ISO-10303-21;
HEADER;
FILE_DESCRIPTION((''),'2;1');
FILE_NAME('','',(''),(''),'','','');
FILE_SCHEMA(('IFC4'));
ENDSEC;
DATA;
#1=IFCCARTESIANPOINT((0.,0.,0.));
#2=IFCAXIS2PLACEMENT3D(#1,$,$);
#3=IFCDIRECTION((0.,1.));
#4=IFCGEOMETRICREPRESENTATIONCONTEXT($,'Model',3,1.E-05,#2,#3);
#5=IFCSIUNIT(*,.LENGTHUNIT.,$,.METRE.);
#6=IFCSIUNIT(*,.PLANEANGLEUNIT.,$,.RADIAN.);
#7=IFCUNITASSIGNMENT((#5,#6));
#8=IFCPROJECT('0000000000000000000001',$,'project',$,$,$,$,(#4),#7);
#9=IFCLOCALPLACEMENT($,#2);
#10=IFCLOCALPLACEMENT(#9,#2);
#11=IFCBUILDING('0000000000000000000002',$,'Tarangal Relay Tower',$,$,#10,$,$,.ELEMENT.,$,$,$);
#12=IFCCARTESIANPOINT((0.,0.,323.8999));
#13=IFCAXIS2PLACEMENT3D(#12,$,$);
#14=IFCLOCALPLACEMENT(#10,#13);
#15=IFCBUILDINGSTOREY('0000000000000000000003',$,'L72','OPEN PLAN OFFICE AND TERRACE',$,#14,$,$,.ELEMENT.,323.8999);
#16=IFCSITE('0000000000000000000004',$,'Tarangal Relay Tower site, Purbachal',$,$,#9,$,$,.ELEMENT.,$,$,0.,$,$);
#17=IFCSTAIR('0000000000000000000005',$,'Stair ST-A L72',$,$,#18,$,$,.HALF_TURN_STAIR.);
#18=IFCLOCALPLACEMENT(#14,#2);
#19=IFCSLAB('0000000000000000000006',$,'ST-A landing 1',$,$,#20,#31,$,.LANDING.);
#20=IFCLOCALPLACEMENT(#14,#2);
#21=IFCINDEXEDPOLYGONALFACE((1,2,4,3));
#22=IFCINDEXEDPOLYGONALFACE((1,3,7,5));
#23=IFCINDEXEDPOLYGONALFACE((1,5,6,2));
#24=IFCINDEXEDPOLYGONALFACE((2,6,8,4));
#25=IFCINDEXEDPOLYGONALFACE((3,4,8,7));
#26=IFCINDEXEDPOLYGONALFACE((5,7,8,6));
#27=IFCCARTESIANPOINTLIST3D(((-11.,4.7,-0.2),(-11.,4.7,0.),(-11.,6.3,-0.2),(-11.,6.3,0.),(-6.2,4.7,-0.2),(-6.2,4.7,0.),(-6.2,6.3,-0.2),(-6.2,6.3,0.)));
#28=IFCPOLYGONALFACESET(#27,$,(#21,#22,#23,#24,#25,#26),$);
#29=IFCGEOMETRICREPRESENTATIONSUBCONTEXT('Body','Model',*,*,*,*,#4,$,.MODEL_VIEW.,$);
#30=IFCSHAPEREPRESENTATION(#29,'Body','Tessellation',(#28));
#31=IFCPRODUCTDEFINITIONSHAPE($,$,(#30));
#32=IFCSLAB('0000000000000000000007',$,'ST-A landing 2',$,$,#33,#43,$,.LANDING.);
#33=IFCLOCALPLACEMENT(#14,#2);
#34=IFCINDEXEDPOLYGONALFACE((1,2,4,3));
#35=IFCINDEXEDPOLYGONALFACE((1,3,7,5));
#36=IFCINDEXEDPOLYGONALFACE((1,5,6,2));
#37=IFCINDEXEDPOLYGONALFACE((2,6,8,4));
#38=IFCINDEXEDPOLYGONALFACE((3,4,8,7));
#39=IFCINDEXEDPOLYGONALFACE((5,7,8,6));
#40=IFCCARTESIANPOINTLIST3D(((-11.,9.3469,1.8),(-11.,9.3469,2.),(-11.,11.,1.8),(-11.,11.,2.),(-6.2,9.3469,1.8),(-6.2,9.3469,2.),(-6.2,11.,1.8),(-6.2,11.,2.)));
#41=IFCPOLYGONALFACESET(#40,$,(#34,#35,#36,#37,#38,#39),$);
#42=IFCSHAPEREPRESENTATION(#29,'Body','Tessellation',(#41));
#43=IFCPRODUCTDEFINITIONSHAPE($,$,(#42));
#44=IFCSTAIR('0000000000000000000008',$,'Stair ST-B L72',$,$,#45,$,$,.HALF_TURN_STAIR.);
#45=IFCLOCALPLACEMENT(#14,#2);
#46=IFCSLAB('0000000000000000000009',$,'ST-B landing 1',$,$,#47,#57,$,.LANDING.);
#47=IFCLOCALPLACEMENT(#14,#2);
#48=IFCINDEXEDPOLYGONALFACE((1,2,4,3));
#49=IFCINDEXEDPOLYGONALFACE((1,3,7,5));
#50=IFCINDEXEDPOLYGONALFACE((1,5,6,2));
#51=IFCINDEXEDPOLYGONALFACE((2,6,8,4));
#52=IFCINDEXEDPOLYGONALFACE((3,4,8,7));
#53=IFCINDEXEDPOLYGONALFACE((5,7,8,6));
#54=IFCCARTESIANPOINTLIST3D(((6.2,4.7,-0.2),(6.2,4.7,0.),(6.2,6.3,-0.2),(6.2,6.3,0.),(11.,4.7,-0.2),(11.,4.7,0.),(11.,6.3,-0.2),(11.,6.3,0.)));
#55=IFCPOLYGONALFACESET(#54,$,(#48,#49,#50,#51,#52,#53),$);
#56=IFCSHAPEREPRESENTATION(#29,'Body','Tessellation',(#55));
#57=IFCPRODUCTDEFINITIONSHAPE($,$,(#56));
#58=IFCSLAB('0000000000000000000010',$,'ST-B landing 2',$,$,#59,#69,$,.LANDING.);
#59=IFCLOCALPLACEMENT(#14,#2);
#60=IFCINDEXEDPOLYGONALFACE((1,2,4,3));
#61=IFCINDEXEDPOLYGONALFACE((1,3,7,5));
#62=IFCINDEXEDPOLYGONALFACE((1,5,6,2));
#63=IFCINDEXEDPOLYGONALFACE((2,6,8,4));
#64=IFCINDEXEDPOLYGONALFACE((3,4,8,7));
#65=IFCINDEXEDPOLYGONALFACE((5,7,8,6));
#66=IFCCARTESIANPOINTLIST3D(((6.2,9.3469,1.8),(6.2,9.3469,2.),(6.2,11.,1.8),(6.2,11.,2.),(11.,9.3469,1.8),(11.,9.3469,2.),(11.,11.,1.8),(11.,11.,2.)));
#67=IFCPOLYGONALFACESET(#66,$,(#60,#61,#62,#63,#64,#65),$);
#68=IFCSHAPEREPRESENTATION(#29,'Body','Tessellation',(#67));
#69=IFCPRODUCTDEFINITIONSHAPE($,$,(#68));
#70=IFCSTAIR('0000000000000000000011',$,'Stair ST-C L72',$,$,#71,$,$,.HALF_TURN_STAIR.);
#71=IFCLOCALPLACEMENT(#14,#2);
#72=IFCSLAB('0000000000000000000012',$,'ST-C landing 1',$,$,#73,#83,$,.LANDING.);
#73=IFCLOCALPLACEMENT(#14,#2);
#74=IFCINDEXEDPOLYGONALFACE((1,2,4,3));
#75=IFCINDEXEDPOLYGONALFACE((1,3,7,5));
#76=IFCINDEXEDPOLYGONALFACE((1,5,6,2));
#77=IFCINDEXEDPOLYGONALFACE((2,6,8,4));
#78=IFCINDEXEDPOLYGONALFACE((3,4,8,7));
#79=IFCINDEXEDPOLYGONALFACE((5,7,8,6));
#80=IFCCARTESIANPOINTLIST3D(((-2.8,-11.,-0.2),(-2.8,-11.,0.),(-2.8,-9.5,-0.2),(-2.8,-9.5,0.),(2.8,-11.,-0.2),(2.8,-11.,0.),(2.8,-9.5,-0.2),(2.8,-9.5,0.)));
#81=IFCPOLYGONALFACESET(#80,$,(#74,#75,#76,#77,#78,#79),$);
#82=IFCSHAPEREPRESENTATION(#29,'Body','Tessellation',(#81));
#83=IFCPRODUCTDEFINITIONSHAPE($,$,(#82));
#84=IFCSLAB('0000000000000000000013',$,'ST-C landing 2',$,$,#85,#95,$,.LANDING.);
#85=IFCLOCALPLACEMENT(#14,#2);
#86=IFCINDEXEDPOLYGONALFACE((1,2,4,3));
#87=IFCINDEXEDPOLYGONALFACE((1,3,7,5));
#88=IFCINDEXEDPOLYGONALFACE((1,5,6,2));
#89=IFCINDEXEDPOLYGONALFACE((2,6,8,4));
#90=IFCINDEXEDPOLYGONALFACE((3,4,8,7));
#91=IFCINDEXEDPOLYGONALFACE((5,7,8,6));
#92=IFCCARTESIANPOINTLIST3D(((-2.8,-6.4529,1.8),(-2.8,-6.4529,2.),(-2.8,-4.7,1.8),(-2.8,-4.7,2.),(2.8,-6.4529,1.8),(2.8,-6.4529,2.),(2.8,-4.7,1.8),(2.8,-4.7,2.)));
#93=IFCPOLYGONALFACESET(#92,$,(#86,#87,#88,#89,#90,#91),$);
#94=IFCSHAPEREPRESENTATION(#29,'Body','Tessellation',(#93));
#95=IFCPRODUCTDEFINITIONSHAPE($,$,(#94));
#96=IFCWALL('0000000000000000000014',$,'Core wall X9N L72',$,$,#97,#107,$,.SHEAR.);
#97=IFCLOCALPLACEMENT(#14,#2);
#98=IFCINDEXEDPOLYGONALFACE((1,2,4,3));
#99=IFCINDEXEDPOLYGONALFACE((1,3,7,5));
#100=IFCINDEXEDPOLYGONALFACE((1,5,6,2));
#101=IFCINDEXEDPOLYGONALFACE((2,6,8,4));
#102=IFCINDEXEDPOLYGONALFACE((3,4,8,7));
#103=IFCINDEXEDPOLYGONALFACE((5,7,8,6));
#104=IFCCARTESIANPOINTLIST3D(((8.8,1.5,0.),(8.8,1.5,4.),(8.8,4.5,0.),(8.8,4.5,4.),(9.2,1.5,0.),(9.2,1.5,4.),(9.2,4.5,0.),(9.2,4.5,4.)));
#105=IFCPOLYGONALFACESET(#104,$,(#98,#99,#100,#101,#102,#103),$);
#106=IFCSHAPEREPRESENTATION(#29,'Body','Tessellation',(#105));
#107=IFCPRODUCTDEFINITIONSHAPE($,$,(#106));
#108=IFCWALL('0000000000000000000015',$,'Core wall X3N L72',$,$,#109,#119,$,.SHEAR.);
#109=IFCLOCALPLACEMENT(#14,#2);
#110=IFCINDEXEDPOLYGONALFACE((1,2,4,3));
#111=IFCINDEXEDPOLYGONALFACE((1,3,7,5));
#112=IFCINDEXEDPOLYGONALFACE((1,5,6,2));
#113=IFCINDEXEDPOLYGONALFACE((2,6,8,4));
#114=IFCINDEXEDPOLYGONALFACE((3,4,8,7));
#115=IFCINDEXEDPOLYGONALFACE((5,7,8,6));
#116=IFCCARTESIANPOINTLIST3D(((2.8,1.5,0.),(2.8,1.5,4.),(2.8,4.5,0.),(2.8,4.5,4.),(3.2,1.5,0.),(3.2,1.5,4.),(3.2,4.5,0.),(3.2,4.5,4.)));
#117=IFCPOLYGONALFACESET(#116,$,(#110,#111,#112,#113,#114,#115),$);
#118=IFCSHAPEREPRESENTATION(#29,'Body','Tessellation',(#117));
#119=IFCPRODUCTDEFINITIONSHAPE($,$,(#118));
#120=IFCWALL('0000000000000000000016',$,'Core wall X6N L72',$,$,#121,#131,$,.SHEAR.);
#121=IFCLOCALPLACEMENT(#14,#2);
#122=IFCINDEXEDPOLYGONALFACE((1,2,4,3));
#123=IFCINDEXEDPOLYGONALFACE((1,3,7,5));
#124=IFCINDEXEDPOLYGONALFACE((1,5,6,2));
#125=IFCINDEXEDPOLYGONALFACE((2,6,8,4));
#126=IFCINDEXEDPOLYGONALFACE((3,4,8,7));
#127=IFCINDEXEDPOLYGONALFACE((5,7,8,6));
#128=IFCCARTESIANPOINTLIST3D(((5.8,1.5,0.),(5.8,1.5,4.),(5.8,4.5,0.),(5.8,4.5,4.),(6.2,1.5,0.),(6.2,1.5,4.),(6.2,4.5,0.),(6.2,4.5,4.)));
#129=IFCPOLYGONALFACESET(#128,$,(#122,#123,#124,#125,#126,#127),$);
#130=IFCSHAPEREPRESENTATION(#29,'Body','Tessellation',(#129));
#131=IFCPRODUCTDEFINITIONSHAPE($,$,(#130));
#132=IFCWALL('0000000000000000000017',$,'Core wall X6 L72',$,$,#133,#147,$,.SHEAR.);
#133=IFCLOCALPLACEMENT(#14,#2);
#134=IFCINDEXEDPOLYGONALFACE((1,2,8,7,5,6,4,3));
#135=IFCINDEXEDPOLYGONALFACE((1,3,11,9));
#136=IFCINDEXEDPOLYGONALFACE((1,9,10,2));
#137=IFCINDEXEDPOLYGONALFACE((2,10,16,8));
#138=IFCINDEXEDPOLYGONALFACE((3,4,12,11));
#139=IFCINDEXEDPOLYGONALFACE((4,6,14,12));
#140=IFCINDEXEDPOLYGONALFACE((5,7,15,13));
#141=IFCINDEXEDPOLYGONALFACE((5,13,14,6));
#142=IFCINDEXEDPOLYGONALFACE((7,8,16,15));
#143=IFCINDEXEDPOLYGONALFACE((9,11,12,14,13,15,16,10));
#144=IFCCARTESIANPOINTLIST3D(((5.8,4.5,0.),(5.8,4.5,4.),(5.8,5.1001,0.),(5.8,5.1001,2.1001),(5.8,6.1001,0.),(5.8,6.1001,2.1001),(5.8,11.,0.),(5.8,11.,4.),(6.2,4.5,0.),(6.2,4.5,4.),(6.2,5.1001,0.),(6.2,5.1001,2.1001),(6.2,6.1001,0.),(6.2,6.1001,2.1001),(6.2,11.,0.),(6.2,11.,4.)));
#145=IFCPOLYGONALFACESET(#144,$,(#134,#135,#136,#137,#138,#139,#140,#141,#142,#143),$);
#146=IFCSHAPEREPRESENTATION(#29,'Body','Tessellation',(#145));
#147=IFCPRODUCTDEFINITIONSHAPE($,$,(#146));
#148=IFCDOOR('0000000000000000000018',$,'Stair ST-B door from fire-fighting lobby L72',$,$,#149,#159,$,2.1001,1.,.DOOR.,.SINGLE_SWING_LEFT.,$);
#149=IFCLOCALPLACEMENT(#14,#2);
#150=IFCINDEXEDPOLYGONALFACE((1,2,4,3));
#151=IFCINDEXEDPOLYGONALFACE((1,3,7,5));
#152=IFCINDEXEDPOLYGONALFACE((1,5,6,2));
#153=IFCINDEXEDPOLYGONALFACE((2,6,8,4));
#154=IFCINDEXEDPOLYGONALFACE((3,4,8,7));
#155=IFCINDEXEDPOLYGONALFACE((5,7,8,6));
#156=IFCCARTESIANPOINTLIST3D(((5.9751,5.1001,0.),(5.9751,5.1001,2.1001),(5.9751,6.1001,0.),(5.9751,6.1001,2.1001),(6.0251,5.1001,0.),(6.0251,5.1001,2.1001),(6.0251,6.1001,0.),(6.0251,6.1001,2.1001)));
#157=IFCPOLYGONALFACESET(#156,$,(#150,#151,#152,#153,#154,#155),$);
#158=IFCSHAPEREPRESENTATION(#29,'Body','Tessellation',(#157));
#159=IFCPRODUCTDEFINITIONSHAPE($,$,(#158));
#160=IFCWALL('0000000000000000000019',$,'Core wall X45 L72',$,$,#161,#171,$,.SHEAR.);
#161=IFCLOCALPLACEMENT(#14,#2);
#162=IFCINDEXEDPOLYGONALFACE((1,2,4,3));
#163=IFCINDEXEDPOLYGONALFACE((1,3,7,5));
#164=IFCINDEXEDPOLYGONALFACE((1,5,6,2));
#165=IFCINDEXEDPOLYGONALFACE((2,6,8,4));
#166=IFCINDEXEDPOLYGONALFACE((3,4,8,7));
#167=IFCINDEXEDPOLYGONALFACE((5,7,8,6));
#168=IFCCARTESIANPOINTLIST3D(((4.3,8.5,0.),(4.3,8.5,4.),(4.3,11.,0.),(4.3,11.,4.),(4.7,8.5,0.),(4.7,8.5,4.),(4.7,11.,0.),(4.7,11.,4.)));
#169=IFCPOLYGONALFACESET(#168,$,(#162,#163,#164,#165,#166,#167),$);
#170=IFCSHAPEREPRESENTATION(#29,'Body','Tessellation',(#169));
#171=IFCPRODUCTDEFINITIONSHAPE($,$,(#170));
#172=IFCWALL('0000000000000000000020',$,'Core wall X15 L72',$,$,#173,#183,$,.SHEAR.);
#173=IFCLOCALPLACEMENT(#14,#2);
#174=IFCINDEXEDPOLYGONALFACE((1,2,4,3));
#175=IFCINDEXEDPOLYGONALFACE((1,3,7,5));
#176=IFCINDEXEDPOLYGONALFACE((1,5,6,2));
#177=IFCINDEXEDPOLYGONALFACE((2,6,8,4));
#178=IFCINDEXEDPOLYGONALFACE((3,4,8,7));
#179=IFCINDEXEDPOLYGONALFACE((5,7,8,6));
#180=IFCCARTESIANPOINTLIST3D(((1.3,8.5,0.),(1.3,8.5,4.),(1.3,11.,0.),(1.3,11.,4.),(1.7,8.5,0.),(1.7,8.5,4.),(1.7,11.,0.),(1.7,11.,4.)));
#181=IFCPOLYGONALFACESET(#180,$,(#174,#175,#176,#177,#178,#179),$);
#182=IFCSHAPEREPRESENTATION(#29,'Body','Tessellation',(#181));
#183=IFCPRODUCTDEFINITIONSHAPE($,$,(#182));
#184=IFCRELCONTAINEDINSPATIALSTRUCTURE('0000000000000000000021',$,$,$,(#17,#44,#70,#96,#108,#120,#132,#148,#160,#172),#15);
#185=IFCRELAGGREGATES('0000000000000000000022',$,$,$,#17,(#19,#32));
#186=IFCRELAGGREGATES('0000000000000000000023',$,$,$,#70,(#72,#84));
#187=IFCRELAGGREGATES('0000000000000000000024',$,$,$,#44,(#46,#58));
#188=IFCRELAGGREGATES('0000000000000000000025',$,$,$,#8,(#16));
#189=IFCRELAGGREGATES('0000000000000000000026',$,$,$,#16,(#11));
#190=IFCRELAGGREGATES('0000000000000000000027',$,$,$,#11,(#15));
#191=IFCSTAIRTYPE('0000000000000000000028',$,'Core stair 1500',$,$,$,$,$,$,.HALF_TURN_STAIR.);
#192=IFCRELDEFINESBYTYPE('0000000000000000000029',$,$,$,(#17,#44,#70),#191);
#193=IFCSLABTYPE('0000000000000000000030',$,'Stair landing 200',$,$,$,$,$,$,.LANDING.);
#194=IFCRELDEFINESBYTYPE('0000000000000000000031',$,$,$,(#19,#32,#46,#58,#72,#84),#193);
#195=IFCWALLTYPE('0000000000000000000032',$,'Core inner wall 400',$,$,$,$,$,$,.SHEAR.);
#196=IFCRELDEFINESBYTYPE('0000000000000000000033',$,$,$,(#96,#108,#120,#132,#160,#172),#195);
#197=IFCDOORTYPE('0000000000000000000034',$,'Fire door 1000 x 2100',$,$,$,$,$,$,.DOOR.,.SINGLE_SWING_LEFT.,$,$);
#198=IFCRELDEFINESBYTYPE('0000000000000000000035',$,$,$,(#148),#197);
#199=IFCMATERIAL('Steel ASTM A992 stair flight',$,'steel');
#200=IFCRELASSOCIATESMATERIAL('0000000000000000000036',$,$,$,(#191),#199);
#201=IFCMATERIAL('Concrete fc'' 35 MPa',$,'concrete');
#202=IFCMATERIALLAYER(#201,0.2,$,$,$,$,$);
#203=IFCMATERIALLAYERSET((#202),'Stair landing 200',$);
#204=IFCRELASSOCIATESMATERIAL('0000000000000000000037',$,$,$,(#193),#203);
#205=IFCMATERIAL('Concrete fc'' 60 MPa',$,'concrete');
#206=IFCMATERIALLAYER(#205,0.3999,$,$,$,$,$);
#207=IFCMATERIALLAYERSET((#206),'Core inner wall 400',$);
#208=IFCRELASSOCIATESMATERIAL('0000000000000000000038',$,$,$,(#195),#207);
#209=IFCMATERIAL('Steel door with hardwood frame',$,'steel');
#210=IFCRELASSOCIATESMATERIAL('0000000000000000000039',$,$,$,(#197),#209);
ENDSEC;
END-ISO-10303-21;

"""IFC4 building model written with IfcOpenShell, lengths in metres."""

from ifc_helpers import new_model, si_unit, direction, frame, frame_2d, origin, place, context, subcontext, project, spatial, polyline, rectangle, outline, extrude, material, layer, layer_set, type_object, element, fill, aggregate, save


model = new_model("IFC4")

# Units and contexts
model_context = context("Model", 3, precision=1e-05, world=origin(), true_north=direction((0.0, 1.0)))
body_context = subcontext(model_context, "Body", "Model", "MODEL_VIEW")
ifc_project = project(units=[si_unit("LENGTHUNIT", "METRE"), si_unit("PLANEANGLEUNIT", "RADIAN")], contexts=[model_context])

# Site, building, storey
site_placement = place(None, origin())
site = spatial("IfcSite", under=ifc_project, at=site_placement, Name="Tarangal Relay Tower site, Purbachal", CompositionType="ELEMENT", RefElevation=0.0)
building_placement = place(site_placement, origin())
building = spatial("IfcBuilding", under=site, at=building_placement, Name="Tarangal Relay Tower", CompositionType="ELEMENT")
storey_placement = place(building_placement, frame((0.0, 0.0, 323.8999)))
storey = spatial("IfcBuildingStorey", under=building, at=storey_placement, Name="L72", Description="OPEN PLAN OFFICE AND TERRACE", CompositionType="ELEMENT", Elevation=323.8999)

# Stairs, slabs
ifc_material_1 = material(Name="Steel ASTM A992 stair flight", Category="steel")
stair_type = type_object("IfcStairType", Name="Core stair 1500", PredefinedType="HALF_TURN_STAIR", material=ifc_material_1)
stair_1_placement = place(storey_placement, origin())
stair_1 = element("IfcStair", 1, at=stair_1_placement, inside=storey, type_object=stair_type, Name="Stair ST-A L72", PredefinedType="HALF_TURN_STAIR")
ifc_material_2 = material(Name="Concrete fc' 35 MPa", Category="concrete")
ifc_layer_1 = layer(ifc_material_2, 0.2)
ifc_layer_set_1 = layer_set([ifc_layer_1], Name="Stair landing 200")
slab_type = type_object("IfcSlabType", Name="Stair landing 200", PredefinedType="LANDING", material=ifc_layer_set_1)
slab_1_placement = place(storey_placement, frame((0.0, 0.0, -0.2)))
slab_1 = element("IfcSlab", 2, at=slab_1_placement, type_object=slab_type, Name="ST-A landing 1", PredefinedType="LANDING", context=body_context, shape_type="SweptSolid", body=[
    extrude(outline(polyline([(-11.0, 4.7), (-6.2, 4.7), (-6.2, 6.3), (-11.0, 6.3), (-11.0, 4.7)])), origin(), (0.0, 0.0, 1.0), 0.2),
])
slab_2_placement = place(storey_placement, frame((0.0, 0.0, 1.8)))
slab_2 = element("IfcSlab", 3, at=slab_2_placement, type_object=slab_type, Name="ST-A landing 2", PredefinedType="LANDING", context=body_context, shape_type="SweptSolid", body=[
    extrude(outline(polyline([(-11.0, 9.3469), (-6.2, 9.3469), (-6.2, 11.0), (-11.0, 11.0), (-11.0, 9.3469)])), origin(), (0.0, 0.0, 1.0), 0.2),
])
aggregate(stair_1, [slab_1, slab_2])
stair_2_placement = place(storey_placement, origin())
stair_2 = element("IfcStair", 4, at=stair_2_placement, inside=storey, type_object=stair_type, Name="Stair ST-B L72", PredefinedType="HALF_TURN_STAIR")
slab_3_placement = place(storey_placement, frame((0.0, 0.0, -0.2)))
slab_3 = element("IfcSlab", 5, at=slab_3_placement, type_object=slab_type, Name="ST-B landing 1", PredefinedType="LANDING", context=body_context, shape_type="SweptSolid", body=[
    extrude(outline(polyline([(6.2, 4.7), (11.0, 4.7), (11.0, 6.3), (6.2, 6.3), (6.2, 4.7)])), origin(), (0.0, 0.0, 1.0), 0.2),
])
slab_4_placement = place(storey_placement, frame((0.0, 0.0, 1.8)))
slab_4 = element("IfcSlab", 6, at=slab_4_placement, type_object=slab_type, Name="ST-B landing 2", PredefinedType="LANDING", context=body_context, shape_type="SweptSolid", body=[
    extrude(outline(polyline([(6.2, 9.3469), (11.0, 9.3469), (11.0, 11.0), (6.2, 11.0), (6.2, 9.3469)])), origin(), (0.0, 0.0, 1.0), 0.2),
])
stair_3_placement = place(storey_placement, origin())
stair_3 = element("IfcStair", 7, at=stair_3_placement, inside=storey, type_object=stair_type, Name="Stair ST-C L72", PredefinedType="HALF_TURN_STAIR")
slab_5_placement = place(storey_placement, frame((0.0, 0.0, -0.2)))
slab_5 = element("IfcSlab", 8, at=slab_5_placement, type_object=slab_type, Name="ST-C landing 1", PredefinedType="LANDING", context=body_context, shape_type="SweptSolid", body=[
    extrude(outline(polyline([(-2.8, -11.0), (2.8, -11.0), (2.8, -9.5), (-2.8, -9.5), (-2.8, -11.0)])), origin(), (0.0, 0.0, 1.0), 0.2),
])
slab_6_placement = place(storey_placement, frame((0.0, 0.0, 1.8)))
slab_6 = element("IfcSlab", 9, at=slab_6_placement, type_object=slab_type, Name="ST-C landing 2", PredefinedType="LANDING", context=body_context, shape_type="SweptSolid", body=[
    extrude(outline(polyline([(-2.8, -6.4529), (2.8, -6.4529), (2.8, -4.7), (-2.8, -4.7), (-2.8, -6.4529)])), origin(), (0.0, 0.0, 1.0), 0.2),
])
aggregate(stair_3, [slab_5, slab_6])

# Walls
ifc_material_3 = material(Name="Concrete fc' 60 MPa", Category="concrete")
ifc_layer_2 = layer(ifc_material_3, 0.3999)
ifc_layer_set_2 = layer_set([ifc_layer_2], Name="Core inner wall 400")
wall_type = type_object("IfcWallType", Name="Core inner wall 400", PredefinedType="SHEAR", material=ifc_layer_set_2)
for number, where, z_axis, x_axis, name in (
    (10, (9.0, 1.5, 0.0), (0.0, 0.0, 1.0), (0.0, 1.0, 0.0), "Core wall X9N L72"),
    (11, (3.0, 1.5, 0.0), (0.0, 0.0, 1.0), (0.0, 1.0, 0.0), "Core wall X3N L72"),
    (12, (6.0, 1.5, 0.0), (0.0, 0.0, 1.0), (0.0, 1.0, 0.0), "Core wall X6N L72"),
):
    element("IfcWall", number, at=place(storey_placement, frame(where, z_axis=z_axis, x_axis=x_axis)), inside=storey, type_object=wall_type, Name=name, PredefinedType="SHEAR", context=body_context, shape_type="SweptSolid", body=[
        extrude(rectangle(XDim=3.0, YDim=0.3999, at=frame_2d((1.5, 0.0))), origin(), (0.0, 0.0, 1.0), 4.0),
    ])

# Wall, opening, door
wall_placement = place(storey_placement, frame((6.0, 4.5, 0.0), z_axis=(0.0, 0.0, 1.0), x_axis=(0.0, 1.0, 0.0)))
wall = element("IfcWall", 13, at=wall_placement, inside=storey, type_object=wall_type, Name="Core wall X6 L72", PredefinedType="SHEAR", context=body_context, shape_type="SweptSolid", body=[
    extrude(rectangle(XDim=6.5, YDim=0.3999, at=frame_2d((3.25, 0.0))), origin(), (0.0, 0.0, 1.0), 4.0),
])
opening_placement = place(wall_placement, frame((0.6001, 0.0, 0.0)))
opening = element("IfcOpeningElement", 14, at=opening_placement, cuts=wall, PredefinedType="OPENING", context=body_context, shape_type="SweptSolid", body=[
    extrude(rectangle(XDim=1.0, YDim=2.1001, at=frame_2d((0.5, 1.05))), frame((0.0, 0.21, 0.0), z_axis=(0.0, -1.0, 0.0), x_axis=(1.0, 0.0, 0.0)), (0.0, 0.0, 1.0), 0.4199),
])
ifc_material_4 = material(Name="Steel door with hardwood frame", Category="steel")
door_type = type_object("IfcDoorType", Name="Fire door 1000 x 2100", OperationType="SINGLE_SWING_LEFT", PredefinedType="DOOR", material=ifc_material_4)
door_placement = place(opening_placement, origin())
door = element("IfcDoor", 15, at=door_placement, inside=storey, type_object=door_type, Name="Stair ST-B door from fire-fighting lobby L72", OperationType="SINGLE_SWING_LEFT", OverallHeight=2.1001, OverallWidth=1.0, PredefinedType="DOOR", context=body_context, shape_type="SweptSolid", body=[
    extrude(rectangle(XDim=1.0, YDim=2.1001, at=frame_2d((0.5, 1.05))), frame((0.0, 0.0249, 0.0), z_axis=(0.0, -1.0, 0.0), x_axis=(1.0, 0.0, 0.0)), (0.0, 0.0, 1.0), 0.05),
])
fill(opening, door)

# Walls
for number, where, z_axis, x_axis, name in (
    (16, (4.5, 8.5, 0.0), (0.0, 0.0, 1.0), (0.0, 1.0, 0.0), "Core wall X45 L72"),
    (17, (1.5, 8.5, 0.0), (0.0, 0.0, 1.0), (0.0, 1.0, 0.0), "Core wall X15 L72"),
):
    element("IfcWall", number, at=place(storey_placement, frame(where, z_axis=z_axis, x_axis=x_axis)), inside=storey, type_object=wall_type, Name=name, PredefinedType="SHEAR", context=body_context, shape_type="SweptSolid", body=[
        extrude(rectangle(XDim=2.5, YDim=0.3999, at=frame_2d((1.25, 0.0))), origin(), (0.0, 0.0, 1.0), 4.0),
    ])

aggregate(stair_2, [slab_3, slab_4])

save(model, "model.ifc")
